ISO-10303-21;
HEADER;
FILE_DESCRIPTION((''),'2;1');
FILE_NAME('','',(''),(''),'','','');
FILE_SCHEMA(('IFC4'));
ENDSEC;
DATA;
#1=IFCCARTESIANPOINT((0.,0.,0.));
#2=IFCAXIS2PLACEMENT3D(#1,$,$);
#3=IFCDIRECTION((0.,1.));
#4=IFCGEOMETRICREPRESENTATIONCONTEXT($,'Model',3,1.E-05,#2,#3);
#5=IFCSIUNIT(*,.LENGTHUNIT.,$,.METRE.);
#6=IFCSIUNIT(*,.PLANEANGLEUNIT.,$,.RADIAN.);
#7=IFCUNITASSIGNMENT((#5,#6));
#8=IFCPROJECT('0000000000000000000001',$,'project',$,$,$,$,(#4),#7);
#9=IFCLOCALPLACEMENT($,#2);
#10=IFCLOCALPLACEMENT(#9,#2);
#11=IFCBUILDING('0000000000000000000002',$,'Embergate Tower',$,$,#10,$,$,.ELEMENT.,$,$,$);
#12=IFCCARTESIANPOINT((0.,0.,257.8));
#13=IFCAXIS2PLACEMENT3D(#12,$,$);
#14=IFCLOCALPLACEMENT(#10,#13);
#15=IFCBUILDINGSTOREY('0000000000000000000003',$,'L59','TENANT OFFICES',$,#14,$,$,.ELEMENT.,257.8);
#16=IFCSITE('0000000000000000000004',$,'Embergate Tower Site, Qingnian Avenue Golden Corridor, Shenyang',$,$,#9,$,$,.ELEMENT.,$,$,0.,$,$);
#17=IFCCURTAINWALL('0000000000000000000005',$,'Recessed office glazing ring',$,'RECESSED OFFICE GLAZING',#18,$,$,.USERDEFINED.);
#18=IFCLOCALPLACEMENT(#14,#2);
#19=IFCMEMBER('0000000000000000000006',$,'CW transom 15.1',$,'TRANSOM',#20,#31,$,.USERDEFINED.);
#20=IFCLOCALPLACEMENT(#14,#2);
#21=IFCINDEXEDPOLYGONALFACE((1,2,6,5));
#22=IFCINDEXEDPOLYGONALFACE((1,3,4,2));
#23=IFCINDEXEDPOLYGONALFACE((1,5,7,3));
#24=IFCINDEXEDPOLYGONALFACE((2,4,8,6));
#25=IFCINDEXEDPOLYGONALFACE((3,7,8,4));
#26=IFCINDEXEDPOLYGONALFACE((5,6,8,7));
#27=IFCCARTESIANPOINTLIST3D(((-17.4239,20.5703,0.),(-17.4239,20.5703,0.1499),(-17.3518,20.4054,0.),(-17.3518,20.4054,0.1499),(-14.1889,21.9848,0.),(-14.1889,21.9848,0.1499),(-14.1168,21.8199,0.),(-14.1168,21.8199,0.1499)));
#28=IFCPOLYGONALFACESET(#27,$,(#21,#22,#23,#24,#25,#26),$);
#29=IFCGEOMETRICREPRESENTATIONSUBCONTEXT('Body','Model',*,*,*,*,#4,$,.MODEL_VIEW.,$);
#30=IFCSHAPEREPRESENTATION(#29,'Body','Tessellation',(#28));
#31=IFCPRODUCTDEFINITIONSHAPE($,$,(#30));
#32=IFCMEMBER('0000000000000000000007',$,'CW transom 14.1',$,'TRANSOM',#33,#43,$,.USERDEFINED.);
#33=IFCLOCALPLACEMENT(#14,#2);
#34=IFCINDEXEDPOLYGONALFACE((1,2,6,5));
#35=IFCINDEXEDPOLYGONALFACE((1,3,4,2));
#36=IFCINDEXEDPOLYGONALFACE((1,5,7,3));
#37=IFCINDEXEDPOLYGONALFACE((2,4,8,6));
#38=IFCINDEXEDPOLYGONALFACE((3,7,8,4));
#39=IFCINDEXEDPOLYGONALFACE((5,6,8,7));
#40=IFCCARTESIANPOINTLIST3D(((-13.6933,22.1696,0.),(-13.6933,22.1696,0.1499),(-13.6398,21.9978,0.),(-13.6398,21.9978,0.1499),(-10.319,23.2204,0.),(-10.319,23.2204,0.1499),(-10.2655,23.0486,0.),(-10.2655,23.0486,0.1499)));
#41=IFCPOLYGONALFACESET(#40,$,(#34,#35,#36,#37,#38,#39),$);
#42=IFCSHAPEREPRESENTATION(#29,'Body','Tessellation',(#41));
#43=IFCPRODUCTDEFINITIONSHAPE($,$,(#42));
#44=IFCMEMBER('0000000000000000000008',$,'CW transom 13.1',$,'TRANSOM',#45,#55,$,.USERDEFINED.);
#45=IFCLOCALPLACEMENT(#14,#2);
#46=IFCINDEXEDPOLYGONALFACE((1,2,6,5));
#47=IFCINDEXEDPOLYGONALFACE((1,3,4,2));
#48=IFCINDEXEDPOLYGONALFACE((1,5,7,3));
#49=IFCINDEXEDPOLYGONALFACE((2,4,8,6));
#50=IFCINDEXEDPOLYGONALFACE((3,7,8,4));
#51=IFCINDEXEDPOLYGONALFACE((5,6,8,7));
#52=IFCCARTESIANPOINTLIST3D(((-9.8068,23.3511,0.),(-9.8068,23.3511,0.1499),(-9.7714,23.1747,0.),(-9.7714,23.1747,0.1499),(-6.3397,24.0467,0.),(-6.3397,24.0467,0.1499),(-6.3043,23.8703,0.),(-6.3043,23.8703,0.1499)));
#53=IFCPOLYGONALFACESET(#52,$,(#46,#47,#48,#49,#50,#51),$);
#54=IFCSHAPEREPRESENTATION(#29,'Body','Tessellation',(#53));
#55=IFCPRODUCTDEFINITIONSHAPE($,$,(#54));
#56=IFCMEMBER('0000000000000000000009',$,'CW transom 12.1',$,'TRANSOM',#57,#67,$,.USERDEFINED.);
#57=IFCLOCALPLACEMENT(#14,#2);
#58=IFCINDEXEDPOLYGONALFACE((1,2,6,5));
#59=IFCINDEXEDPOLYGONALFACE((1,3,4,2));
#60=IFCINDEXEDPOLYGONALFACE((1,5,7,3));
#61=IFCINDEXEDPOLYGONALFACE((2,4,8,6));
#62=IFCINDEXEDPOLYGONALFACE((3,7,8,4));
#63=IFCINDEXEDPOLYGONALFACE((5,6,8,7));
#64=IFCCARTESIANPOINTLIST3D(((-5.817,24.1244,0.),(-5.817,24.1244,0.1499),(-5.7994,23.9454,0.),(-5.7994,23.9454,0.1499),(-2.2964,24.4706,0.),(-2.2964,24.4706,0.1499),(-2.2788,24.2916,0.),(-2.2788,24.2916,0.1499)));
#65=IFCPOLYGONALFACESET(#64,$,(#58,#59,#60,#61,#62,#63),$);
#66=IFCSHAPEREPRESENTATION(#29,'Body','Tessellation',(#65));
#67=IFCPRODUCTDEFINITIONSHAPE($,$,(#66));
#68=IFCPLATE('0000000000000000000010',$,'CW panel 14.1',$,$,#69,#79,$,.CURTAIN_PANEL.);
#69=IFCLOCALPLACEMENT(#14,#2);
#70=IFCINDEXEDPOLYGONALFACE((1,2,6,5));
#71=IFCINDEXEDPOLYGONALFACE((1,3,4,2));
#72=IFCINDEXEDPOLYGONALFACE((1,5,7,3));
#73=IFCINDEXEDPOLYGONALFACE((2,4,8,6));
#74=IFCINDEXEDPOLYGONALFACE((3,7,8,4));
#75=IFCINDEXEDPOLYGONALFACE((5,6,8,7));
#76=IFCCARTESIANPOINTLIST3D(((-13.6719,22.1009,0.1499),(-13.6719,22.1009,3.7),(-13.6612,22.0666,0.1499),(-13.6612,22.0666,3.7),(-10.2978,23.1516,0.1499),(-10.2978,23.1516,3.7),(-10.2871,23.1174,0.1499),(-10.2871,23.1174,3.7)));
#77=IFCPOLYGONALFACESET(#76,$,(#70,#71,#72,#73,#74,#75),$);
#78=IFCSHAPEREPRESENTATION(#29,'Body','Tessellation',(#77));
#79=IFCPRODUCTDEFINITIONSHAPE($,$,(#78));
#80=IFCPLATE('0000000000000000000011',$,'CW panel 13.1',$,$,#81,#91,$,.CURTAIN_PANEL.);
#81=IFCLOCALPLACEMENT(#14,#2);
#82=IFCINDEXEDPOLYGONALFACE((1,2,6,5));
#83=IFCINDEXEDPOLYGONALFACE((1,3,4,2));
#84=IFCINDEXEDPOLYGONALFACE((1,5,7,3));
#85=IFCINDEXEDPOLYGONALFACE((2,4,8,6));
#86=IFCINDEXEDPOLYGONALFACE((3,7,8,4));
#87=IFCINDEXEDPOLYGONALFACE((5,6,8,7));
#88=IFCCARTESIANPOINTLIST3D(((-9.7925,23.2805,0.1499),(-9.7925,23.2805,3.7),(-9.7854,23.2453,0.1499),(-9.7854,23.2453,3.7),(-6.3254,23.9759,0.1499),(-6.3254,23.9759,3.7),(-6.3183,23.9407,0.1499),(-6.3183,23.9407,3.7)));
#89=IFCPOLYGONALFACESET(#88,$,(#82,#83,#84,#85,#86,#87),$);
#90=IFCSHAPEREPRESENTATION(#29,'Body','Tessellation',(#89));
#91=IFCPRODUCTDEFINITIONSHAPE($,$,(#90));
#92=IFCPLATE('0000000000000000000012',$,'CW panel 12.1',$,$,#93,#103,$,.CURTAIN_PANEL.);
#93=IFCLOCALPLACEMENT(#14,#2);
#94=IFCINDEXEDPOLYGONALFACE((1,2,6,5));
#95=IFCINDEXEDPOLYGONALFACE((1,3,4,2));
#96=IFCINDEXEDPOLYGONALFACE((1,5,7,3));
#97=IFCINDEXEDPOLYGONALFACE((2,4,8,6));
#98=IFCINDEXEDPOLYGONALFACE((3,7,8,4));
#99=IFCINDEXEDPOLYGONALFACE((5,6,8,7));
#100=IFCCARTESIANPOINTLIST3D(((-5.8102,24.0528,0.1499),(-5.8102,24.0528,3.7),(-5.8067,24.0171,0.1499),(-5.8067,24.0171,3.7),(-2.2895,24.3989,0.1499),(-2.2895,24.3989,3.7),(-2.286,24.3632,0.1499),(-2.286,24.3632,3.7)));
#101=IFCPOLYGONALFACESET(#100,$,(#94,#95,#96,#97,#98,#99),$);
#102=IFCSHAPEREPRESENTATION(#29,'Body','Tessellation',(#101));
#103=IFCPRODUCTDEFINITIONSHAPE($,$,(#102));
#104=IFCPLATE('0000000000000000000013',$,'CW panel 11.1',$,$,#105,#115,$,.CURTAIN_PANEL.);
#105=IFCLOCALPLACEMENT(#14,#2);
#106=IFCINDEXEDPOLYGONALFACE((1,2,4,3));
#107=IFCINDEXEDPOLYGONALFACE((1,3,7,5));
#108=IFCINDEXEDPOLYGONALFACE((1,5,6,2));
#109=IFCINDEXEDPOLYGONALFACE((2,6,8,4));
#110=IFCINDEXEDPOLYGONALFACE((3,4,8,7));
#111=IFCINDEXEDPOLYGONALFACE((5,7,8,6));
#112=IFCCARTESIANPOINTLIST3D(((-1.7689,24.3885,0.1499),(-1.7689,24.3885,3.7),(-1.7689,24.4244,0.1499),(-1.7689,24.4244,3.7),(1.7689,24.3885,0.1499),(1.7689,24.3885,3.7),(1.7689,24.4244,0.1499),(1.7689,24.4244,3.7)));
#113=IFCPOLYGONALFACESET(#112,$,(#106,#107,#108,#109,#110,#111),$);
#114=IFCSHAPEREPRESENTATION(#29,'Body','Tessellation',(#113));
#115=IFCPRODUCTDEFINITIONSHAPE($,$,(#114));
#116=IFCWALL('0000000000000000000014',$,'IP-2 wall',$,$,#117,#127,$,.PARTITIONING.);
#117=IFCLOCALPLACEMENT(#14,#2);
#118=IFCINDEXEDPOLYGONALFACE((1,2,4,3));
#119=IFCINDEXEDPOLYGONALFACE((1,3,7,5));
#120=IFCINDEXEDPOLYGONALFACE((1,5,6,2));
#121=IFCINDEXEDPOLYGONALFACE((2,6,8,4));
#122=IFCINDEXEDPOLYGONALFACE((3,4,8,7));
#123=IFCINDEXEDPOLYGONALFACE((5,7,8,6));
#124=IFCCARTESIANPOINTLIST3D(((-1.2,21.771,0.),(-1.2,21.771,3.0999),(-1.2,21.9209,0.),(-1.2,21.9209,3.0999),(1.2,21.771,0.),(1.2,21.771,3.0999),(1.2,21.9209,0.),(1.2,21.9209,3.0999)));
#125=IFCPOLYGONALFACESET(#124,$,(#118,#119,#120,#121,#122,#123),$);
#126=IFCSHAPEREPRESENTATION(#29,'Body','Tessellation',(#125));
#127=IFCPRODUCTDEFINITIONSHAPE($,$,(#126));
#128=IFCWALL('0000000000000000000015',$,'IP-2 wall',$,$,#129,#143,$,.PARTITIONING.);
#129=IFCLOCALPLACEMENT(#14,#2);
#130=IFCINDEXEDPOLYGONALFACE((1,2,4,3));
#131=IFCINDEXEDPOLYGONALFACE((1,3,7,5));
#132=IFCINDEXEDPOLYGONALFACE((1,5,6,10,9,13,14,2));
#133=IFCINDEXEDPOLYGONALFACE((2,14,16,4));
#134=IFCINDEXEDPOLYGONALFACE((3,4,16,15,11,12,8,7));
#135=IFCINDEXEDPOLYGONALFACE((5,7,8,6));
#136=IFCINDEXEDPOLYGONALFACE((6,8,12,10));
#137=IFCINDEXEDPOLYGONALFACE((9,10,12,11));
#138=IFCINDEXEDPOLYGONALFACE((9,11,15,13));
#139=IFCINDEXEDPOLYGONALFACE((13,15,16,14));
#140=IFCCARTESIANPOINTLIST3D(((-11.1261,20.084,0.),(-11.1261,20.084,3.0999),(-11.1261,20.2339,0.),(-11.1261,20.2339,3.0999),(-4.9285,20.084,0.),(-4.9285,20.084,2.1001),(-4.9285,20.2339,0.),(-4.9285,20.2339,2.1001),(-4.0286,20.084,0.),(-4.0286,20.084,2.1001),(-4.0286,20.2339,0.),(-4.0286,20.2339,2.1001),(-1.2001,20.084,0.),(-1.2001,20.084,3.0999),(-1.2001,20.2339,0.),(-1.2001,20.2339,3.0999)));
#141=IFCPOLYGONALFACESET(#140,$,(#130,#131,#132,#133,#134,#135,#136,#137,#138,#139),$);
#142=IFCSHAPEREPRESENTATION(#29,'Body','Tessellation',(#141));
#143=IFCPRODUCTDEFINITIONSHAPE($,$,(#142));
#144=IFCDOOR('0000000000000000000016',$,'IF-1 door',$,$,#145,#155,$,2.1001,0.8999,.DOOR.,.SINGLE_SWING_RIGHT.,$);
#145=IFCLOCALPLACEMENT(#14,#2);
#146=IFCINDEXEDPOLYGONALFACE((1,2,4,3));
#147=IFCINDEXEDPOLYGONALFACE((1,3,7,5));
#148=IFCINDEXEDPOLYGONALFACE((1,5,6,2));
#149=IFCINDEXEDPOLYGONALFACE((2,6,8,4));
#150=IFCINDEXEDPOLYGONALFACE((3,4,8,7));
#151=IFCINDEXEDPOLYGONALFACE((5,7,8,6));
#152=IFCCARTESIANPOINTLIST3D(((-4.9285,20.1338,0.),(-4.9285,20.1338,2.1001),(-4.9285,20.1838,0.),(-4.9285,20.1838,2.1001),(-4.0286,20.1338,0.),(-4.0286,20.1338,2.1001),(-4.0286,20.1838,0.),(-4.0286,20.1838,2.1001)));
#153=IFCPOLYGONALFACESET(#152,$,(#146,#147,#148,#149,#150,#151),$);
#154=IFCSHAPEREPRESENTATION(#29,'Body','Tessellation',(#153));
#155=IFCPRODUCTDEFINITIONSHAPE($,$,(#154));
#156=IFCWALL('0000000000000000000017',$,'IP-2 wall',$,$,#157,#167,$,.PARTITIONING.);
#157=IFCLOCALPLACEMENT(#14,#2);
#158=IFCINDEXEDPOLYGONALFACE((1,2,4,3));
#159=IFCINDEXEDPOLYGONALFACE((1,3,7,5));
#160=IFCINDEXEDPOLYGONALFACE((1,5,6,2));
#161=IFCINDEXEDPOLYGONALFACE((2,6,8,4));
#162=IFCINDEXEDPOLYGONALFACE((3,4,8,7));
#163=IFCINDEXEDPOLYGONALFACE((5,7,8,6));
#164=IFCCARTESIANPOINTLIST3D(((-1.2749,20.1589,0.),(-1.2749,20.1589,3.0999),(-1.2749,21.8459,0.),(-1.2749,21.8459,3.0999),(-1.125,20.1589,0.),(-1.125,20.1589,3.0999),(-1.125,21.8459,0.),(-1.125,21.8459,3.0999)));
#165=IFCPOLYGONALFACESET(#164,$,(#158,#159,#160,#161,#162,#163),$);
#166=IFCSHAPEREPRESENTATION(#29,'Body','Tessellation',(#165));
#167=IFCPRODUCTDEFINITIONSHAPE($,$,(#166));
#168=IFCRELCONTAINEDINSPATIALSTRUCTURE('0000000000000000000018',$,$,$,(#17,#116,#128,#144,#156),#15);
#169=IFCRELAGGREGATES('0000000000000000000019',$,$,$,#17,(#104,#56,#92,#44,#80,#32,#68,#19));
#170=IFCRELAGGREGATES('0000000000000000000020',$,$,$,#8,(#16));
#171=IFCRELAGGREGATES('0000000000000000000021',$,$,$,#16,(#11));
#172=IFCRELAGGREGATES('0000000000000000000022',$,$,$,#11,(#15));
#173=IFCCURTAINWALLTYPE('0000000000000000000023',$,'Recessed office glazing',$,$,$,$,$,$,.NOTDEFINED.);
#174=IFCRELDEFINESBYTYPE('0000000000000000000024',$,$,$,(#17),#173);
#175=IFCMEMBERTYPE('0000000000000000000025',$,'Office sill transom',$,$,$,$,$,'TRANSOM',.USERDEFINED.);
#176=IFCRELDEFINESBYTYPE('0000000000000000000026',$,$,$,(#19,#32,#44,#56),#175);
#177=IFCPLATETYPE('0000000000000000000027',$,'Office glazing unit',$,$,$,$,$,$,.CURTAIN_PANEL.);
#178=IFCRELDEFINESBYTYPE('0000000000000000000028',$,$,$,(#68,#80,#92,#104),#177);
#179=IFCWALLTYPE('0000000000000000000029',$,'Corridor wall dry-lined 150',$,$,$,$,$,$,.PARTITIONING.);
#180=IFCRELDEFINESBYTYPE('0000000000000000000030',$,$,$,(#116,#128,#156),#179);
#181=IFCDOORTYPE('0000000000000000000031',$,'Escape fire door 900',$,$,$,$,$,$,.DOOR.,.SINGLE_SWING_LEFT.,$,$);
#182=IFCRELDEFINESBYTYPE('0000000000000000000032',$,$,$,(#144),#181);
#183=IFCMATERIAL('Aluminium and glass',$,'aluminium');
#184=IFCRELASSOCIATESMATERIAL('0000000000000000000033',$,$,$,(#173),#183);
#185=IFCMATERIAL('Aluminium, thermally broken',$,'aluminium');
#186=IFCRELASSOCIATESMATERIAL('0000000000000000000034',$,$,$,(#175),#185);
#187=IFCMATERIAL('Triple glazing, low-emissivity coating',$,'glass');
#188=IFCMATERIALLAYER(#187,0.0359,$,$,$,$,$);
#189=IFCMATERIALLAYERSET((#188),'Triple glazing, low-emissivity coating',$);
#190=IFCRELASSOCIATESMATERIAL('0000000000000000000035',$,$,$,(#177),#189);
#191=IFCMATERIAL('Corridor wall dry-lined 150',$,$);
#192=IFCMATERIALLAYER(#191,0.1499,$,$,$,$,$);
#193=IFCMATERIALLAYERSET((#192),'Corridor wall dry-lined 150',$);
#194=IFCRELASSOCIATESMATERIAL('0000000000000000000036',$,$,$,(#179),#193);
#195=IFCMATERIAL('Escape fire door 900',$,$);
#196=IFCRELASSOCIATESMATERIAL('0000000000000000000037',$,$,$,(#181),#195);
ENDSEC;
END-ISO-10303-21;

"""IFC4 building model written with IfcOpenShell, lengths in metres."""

from ifc_helpers import new_model, si_unit, direction, frame, frame_2d, origin, origin_2d, place, context, subcontext, project, spatial, rectangle, extrude, source, transform, mapped, material, layer, layer_set, material_profile, profile_set, type_object, element, fill, aggregate, save


model = new_model("IFC4")

# Units and contexts
model_context = context("Model", 3, precision=1e-05, world=origin(), true_north=direction((0.0, 1.0)))
body_context = subcontext(model_context, "Body", "Model", "MODEL_VIEW")
ifc_project = project(units=[si_unit("LENGTHUNIT", "METRE"), si_unit("PLANEANGLEUNIT", "RADIAN")], contexts=[model_context])

# Site, building, storey
site_placement = place(None, origin())
site = spatial("IfcSite", under=ifc_project, at=site_placement, Name="Embergate Tower Site, Qingnian Avenue Golden Corridor, Shenyang", CompositionType="ELEMENT", RefElevation=0.0)
building_placement = place(site_placement, origin())
building = spatial("IfcBuilding", under=site, at=building_placement, Name="Embergate Tower", CompositionType="ELEMENT")
storey_placement = place(building_placement, frame((0.0, 0.0, 257.8)))
storey = spatial("IfcBuildingStorey", under=building, at=storey_placement, Name="L59", Description="TENANT OFFICES", CompositionType="ELEMENT", Elevation=257.8)

# Curtain wall, members, plates
ifc_material_1 = material(Name="Aluminium and glass", Category="aluminium")
curtain_wall_type = type_object("IfcCurtainWallType", Name="Recessed office glazing", PredefinedType="NOTDEFINED", material=ifc_material_1)
curtain_wall_placement = place(storey_placement, origin())
curtain_wall = element("IfcCurtainWall", 1, at=curtain_wall_placement, inside=storey, type_object=curtain_wall_type, Name="Recessed office glazing ring", ObjectType="RECESSED OFFICE GLAZING", PredefinedType="USERDEFINED")
ifc_material_2 = material(Name="Aluminium, thermally broken", Category="aluminium")
ifc_material_profile_1 = material_profile(ifc_material_2, rectangle(XDim=0.1799, YDim=0.1499, at=origin_2d()), Name="AL 150x180")
ifc_profile_set_1 = profile_set([ifc_material_profile_1], Name="Aluminium, thermally broken")
member_type_1 = type_object("IfcMemberType", Name="Office sill transom", ElementType="TRANSOM", PredefinedType="USERDEFINED", material=ifc_profile_set_1)
shared_shape_1 = source(origin(), body_context, "Body", "SweptSolid", [
    extrude(rectangle(XDim=0.1799, YDim=0.1499, at=origin_2d()), origin(), (0.0, 0.0, 1.0), 3.5308),
])
member_1_placement = place(storey_placement, frame((-14.1528, 21.9023, 0.075), z_axis=(-0.916241, -0.400627, 0.0), x_axis=(0.400627, -0.916241, 0.0)))
member_1 = element("IfcMember", 2, at=member_1_placement, type_object=member_type_1, Name="CW transom 15.1", ObjectType="TRANSOM", PredefinedType="USERDEFINED", context=body_context, shape_type="MappedRepresentation", body=[
    mapped(shared_shape_1, transform((0.0, 0.0, 0.0))),
])
shared_shape_2 = source(origin(), body_context, "Body", "SweptSolid", [
    extrude(rectangle(XDim=0.1799, YDim=0.1499, at=origin_2d()), origin(), (0.0, 0.0, 1.0), 3.5342),
])
member_2_placement = place(storey_placement, frame((-10.2922, 23.1345, 0.075), z_axis=(-0.954776, -0.297327, 0.0), x_axis=(0.297327, -0.954776, 0.0)))
member_2 = element("IfcMember", 3, at=member_2_placement, type_object=member_type_1, Name="CW transom 14.1", ObjectType="TRANSOM", PredefinedType="USERDEFINED", context=body_context, shape_type="MappedRepresentation", body=[
    mapped(shared_shape_2, transform((0.0, 0.0, 0.0))),
])
shared_shape_3 = source(origin(), body_context, "Body", "SweptSolid", [
    extrude(rectangle(XDim=0.1799, YDim=0.1499, at=origin_2d()), origin(), (0.0, 0.0, 1.0), 3.5361),
])
member_3_placement = place(storey_placement, frame((-6.322, 23.9585, 0.075), z_axis=(-0.980464, -0.1967, 0.0), x_axis=(0.1967, -0.980464, 0.0)))
member_3 = element("IfcMember", 4, at=member_3_placement, type_object=member_type_1, Name="CW transom 13.1", ObjectType="TRANSOM", PredefinedType="USERDEFINED", context=body_context, shape_type="MappedRepresentation", body=[
    mapped(shared_shape_3, transform((0.0, 0.0, 0.0))),
])
shared_shape_4 = source(origin(), body_context, "Body", "SweptSolid", [
    extrude(rectangle(XDim=0.1799, YDim=0.1499, at=origin_2d()), origin(), (0.0, 0.0, 1.0), 3.5376),
])
member_4_placement = place(storey_placement, frame((-2.2876, 24.3811, 0.075), z_axis=(-0.9952, -0.097864, 0.0), x_axis=(0.097864, -0.9952, 0.0)))
member_4 = element("IfcMember", 5, at=member_4_placement, type_object=member_type_1, Name="CW transom 12.1", ObjectType="TRANSOM", PredefinedType="USERDEFINED", context=body_context, shape_type="MappedRepresentation", body=[
    mapped(shared_shape_4, transform((0.0, 0.0, 0.0))),
])
ifc_material_3 = material(Name="Triple glazing, low-emissivity coating", Category="glass")
ifc_layer_1 = layer(ifc_material_3, 0.0359)
ifc_layer_set_1 = layer_set([ifc_layer_1], Name="Triple glazing, low-emissivity coating")
plate_type = type_object("IfcPlateType", Name="Office glazing unit", PredefinedType="CURTAIN_PANEL", material=ifc_layer_set_1)
shared_shape_5 = source(origin(), body_context, "Body", "SweptSolid", [
    extrude(rectangle(XDim=3.5339, YDim=0.0359, at=origin_2d()), origin(), (0.0, 0.0, 1.0), 3.55),
])
plate_1_placement = place(storey_placement, frame((-11.9795, 22.6091, 0.1499), z_axis=(0.0, 0.0, 1.0), x_axis=(-0.954773, -0.297337, 0.0)))
plate_1 = element("IfcPlate", 6, at=plate_1_placement, type_object=plate_type, Name="CW panel 14.1", PredefinedType="CURTAIN_PANEL", context=body_context, shape_type="MappedRepresentation", body=[
    mapped(shared_shape_5, transform((0.0, 0.0, 0.0))),
])
shared_shape_6 = source(origin(), body_context, "Body", "SweptSolid", [
    extrude(rectangle(XDim=3.5361, YDim=0.0359, at=origin_2d()), origin(), (0.0, 0.0, 1.0), 3.55),
])
plate_2_placement = place(storey_placement, frame((-8.0554, 23.6106, 0.1499), z_axis=(0.0, 0.0, 1.0), x_axis=(-0.980476, -0.196639, 0.0)))
plate_2 = element("IfcPlate", 7, at=plate_2_placement, type_object=plate_type, Name="CW panel 13.1", PredefinedType="CURTAIN_PANEL", context=body_context, shape_type="MappedRepresentation", body=[
    mapped(shared_shape_6, transform((0.0, 0.0, 0.0))),
])
shared_shape_7 = source(origin(), body_context, "Body", "SweptSolid", [
    extrude(rectangle(XDim=3.5376, YDim=0.0359, at=origin_2d()), origin(), (0.0, 0.0, 1.0), 3.55),
])
plate_3_placement = place(storey_placement, frame((-4.0481, 24.208, 0.1499), z_axis=(0.0, 0.0, 1.0), x_axis=(-0.995203, -0.09783, 0.0)))
plate_3 = element("IfcPlate", 8, at=plate_3_placement, type_object=plate_type, Name="CW panel 12.1", PredefinedType="CURTAIN_PANEL", context=body_context, shape_type="MappedRepresentation", body=[
    mapped(shared_shape_7, transform((0.0, 0.0, 0.0))),
])
shared_shape_8 = source(origin(), body_context, "Body", "SweptSolid", [
    extrude(rectangle(XDim=3.5378, YDim=0.0359, at=origin_2d()), origin(), (0.0, 0.0, 1.0), 3.55),
])
plate_4_placement = place(storey_placement, frame((0.0, 24.4065, 0.1499), z_axis=(0.0, 0.0, 1.0), x_axis=(-1.0, 0.0, 0.0)))
plate_4 = element("IfcPlate", 9, at=plate_4_placement, type_object=plate_type, Name="CW panel 11.1", PredefinedType="CURTAIN_PANEL", context=body_context, shape_type="MappedRepresentation", body=[
    mapped(shared_shape_8, transform((0.0, 0.0, 0.0))),
])
aggregate(curtain_wall, [plate_4, member_4, plate_3, member_3, plate_2, member_2, plate_1, member_1])

# Wall
ifc_material_4 = material(Name="Corridor wall dry-lined 150")
ifc_layer_2 = layer(ifc_material_4, 0.1499)
ifc_layer_set_2 = layer_set([ifc_layer_2], Name="Corridor wall dry-lined 150")
wall_type_1 = type_object("IfcWallType", Name="Corridor wall dry-lined 150", PredefinedType="PARTITIONING", material=ifc_layer_set_2)
shared_shape_9 = source(origin(), body_context, "Body", "SweptSolid", [
    extrude(rectangle(XDim=2.3999, YDim=0.1499, at=frame_2d((1.2, 0.0))), origin(), (0.0, 0.0, 1.0), 3.0999),
])
wall_1_placement = place(storey_placement, frame((-1.2, 21.8459, 0.0), z_axis=(0.0, 0.0, 1.0), x_axis=(1.0, 0.0, 0.0)))
element("IfcWall", 10, at=wall_1_placement, inside=storey, type_object=wall_type_1, Name="IP-2 wall", PredefinedType="PARTITIONING", context=body_context, shape_type="MappedRepresentation", body=[
    mapped(shared_shape_9, transform((0.0, 0.0, 0.0))),
])

# Wall, opening, door
shared_shape_10 = source(origin(), body_context, "Body", "SweptSolid", [
    extrude(rectangle(XDim=9.926, YDim=0.1499, at=frame_2d((4.9629, 0.0))), origin(), (0.0, 0.0, 1.0), 3.0999),
])
wall_2_placement = place(storey_placement, frame((-11.126, 20.1589, 0.0), z_axis=(0.0, 0.0, 1.0), x_axis=(1.0, 0.0, 0.0)))
wall_2 = element("IfcWall", 11, at=wall_2_placement, inside=storey, type_object=wall_type_1, Name="IP-2 wall", PredefinedType="PARTITIONING", context=body_context, shape_type="MappedRepresentation", body=[
    mapped(shared_shape_10, transform((0.0, 0.0, 0.0))),
])
shared_shape_11 = source(origin(), body_context, "Body", "SweptSolid", [
    extrude(rectangle(XDim=0.8999, YDim=2.1001, at=frame_2d((0.45, 1.05))), frame((0.0, 0.085, 0.0), z_axis=(0.0, -1.0, 0.0), x_axis=(1.0, 0.0, 0.0)), (0.0, 0.0, 1.0), 0.1699),
])
opening_1_placement = place(wall_2_placement, frame((6.1975, 0.0, 0.0)))
opening_1 = element("IfcOpeningElement", 12, at=opening_1_placement, cuts=wall_2, PredefinedType="OPENING", context=body_context, shape_type="MappedRepresentation", body=[
    mapped(shared_shape_11, transform((0.0, 0.0, 0.0))),
])
ifc_material_5 = material(Name="Escape fire door 900")
door_type = type_object("IfcDoorType", Name="Escape fire door 900", OperationType="SINGLE_SWING_LEFT", PredefinedType="DOOR", material=ifc_material_5)
shared_shape_12 = source(origin(), body_context, "Body", "SweptSolid", [
    extrude(rectangle(XDim=0.8999, YDim=2.1001, at=frame_2d((0.45, 1.05))), frame((0.0, 0.0249, 0.0), z_axis=(0.0, -1.0, 0.0), x_axis=(1.0, 0.0, 0.0)), (0.0, 0.0, 1.0), 0.05),
])
door_1_placement = place(opening_1_placement, origin())
door_1 = element("IfcDoor", 13, at=door_1_placement, inside=storey, type_object=door_type, Name="IF-1 door", OperationType="SINGLE_SWING_RIGHT", OverallHeight=2.1001, OverallWidth=0.8999, PredefinedType="DOOR", context=body_context, shape_type="MappedRepresentation", body=[
    mapped(shared_shape_12, transform((0.0, 0.0, 0.0))),
])
fill(opening_1, door_1)

# Wall
shared_shape_13 = source(origin(), body_context, "Body", "SweptSolid", [
    extrude(rectangle(XDim=1.687, YDim=0.1499, at=frame_2d((0.8435, 0.0))), origin(), (0.0, 0.0, 1.0), 3.0999),
])
wall_3_placement = place(storey_placement, frame((-1.2, 20.1589, 0.0), z_axis=(0.0, 0.0, 1.0), x_axis=(0.0, 1.0, 0.0)))
element("IfcWall", 14, at=wall_3_placement, inside=storey, type_object=wall_type_1, Name="IP-2 wall", PredefinedType="PARTITIONING", context=body_context, shape_type="MappedRepresentation", body=[
    mapped(shared_shape_13, transform((0.0, 0.0, 0.0))),
])

save(model, "model.ifc")
